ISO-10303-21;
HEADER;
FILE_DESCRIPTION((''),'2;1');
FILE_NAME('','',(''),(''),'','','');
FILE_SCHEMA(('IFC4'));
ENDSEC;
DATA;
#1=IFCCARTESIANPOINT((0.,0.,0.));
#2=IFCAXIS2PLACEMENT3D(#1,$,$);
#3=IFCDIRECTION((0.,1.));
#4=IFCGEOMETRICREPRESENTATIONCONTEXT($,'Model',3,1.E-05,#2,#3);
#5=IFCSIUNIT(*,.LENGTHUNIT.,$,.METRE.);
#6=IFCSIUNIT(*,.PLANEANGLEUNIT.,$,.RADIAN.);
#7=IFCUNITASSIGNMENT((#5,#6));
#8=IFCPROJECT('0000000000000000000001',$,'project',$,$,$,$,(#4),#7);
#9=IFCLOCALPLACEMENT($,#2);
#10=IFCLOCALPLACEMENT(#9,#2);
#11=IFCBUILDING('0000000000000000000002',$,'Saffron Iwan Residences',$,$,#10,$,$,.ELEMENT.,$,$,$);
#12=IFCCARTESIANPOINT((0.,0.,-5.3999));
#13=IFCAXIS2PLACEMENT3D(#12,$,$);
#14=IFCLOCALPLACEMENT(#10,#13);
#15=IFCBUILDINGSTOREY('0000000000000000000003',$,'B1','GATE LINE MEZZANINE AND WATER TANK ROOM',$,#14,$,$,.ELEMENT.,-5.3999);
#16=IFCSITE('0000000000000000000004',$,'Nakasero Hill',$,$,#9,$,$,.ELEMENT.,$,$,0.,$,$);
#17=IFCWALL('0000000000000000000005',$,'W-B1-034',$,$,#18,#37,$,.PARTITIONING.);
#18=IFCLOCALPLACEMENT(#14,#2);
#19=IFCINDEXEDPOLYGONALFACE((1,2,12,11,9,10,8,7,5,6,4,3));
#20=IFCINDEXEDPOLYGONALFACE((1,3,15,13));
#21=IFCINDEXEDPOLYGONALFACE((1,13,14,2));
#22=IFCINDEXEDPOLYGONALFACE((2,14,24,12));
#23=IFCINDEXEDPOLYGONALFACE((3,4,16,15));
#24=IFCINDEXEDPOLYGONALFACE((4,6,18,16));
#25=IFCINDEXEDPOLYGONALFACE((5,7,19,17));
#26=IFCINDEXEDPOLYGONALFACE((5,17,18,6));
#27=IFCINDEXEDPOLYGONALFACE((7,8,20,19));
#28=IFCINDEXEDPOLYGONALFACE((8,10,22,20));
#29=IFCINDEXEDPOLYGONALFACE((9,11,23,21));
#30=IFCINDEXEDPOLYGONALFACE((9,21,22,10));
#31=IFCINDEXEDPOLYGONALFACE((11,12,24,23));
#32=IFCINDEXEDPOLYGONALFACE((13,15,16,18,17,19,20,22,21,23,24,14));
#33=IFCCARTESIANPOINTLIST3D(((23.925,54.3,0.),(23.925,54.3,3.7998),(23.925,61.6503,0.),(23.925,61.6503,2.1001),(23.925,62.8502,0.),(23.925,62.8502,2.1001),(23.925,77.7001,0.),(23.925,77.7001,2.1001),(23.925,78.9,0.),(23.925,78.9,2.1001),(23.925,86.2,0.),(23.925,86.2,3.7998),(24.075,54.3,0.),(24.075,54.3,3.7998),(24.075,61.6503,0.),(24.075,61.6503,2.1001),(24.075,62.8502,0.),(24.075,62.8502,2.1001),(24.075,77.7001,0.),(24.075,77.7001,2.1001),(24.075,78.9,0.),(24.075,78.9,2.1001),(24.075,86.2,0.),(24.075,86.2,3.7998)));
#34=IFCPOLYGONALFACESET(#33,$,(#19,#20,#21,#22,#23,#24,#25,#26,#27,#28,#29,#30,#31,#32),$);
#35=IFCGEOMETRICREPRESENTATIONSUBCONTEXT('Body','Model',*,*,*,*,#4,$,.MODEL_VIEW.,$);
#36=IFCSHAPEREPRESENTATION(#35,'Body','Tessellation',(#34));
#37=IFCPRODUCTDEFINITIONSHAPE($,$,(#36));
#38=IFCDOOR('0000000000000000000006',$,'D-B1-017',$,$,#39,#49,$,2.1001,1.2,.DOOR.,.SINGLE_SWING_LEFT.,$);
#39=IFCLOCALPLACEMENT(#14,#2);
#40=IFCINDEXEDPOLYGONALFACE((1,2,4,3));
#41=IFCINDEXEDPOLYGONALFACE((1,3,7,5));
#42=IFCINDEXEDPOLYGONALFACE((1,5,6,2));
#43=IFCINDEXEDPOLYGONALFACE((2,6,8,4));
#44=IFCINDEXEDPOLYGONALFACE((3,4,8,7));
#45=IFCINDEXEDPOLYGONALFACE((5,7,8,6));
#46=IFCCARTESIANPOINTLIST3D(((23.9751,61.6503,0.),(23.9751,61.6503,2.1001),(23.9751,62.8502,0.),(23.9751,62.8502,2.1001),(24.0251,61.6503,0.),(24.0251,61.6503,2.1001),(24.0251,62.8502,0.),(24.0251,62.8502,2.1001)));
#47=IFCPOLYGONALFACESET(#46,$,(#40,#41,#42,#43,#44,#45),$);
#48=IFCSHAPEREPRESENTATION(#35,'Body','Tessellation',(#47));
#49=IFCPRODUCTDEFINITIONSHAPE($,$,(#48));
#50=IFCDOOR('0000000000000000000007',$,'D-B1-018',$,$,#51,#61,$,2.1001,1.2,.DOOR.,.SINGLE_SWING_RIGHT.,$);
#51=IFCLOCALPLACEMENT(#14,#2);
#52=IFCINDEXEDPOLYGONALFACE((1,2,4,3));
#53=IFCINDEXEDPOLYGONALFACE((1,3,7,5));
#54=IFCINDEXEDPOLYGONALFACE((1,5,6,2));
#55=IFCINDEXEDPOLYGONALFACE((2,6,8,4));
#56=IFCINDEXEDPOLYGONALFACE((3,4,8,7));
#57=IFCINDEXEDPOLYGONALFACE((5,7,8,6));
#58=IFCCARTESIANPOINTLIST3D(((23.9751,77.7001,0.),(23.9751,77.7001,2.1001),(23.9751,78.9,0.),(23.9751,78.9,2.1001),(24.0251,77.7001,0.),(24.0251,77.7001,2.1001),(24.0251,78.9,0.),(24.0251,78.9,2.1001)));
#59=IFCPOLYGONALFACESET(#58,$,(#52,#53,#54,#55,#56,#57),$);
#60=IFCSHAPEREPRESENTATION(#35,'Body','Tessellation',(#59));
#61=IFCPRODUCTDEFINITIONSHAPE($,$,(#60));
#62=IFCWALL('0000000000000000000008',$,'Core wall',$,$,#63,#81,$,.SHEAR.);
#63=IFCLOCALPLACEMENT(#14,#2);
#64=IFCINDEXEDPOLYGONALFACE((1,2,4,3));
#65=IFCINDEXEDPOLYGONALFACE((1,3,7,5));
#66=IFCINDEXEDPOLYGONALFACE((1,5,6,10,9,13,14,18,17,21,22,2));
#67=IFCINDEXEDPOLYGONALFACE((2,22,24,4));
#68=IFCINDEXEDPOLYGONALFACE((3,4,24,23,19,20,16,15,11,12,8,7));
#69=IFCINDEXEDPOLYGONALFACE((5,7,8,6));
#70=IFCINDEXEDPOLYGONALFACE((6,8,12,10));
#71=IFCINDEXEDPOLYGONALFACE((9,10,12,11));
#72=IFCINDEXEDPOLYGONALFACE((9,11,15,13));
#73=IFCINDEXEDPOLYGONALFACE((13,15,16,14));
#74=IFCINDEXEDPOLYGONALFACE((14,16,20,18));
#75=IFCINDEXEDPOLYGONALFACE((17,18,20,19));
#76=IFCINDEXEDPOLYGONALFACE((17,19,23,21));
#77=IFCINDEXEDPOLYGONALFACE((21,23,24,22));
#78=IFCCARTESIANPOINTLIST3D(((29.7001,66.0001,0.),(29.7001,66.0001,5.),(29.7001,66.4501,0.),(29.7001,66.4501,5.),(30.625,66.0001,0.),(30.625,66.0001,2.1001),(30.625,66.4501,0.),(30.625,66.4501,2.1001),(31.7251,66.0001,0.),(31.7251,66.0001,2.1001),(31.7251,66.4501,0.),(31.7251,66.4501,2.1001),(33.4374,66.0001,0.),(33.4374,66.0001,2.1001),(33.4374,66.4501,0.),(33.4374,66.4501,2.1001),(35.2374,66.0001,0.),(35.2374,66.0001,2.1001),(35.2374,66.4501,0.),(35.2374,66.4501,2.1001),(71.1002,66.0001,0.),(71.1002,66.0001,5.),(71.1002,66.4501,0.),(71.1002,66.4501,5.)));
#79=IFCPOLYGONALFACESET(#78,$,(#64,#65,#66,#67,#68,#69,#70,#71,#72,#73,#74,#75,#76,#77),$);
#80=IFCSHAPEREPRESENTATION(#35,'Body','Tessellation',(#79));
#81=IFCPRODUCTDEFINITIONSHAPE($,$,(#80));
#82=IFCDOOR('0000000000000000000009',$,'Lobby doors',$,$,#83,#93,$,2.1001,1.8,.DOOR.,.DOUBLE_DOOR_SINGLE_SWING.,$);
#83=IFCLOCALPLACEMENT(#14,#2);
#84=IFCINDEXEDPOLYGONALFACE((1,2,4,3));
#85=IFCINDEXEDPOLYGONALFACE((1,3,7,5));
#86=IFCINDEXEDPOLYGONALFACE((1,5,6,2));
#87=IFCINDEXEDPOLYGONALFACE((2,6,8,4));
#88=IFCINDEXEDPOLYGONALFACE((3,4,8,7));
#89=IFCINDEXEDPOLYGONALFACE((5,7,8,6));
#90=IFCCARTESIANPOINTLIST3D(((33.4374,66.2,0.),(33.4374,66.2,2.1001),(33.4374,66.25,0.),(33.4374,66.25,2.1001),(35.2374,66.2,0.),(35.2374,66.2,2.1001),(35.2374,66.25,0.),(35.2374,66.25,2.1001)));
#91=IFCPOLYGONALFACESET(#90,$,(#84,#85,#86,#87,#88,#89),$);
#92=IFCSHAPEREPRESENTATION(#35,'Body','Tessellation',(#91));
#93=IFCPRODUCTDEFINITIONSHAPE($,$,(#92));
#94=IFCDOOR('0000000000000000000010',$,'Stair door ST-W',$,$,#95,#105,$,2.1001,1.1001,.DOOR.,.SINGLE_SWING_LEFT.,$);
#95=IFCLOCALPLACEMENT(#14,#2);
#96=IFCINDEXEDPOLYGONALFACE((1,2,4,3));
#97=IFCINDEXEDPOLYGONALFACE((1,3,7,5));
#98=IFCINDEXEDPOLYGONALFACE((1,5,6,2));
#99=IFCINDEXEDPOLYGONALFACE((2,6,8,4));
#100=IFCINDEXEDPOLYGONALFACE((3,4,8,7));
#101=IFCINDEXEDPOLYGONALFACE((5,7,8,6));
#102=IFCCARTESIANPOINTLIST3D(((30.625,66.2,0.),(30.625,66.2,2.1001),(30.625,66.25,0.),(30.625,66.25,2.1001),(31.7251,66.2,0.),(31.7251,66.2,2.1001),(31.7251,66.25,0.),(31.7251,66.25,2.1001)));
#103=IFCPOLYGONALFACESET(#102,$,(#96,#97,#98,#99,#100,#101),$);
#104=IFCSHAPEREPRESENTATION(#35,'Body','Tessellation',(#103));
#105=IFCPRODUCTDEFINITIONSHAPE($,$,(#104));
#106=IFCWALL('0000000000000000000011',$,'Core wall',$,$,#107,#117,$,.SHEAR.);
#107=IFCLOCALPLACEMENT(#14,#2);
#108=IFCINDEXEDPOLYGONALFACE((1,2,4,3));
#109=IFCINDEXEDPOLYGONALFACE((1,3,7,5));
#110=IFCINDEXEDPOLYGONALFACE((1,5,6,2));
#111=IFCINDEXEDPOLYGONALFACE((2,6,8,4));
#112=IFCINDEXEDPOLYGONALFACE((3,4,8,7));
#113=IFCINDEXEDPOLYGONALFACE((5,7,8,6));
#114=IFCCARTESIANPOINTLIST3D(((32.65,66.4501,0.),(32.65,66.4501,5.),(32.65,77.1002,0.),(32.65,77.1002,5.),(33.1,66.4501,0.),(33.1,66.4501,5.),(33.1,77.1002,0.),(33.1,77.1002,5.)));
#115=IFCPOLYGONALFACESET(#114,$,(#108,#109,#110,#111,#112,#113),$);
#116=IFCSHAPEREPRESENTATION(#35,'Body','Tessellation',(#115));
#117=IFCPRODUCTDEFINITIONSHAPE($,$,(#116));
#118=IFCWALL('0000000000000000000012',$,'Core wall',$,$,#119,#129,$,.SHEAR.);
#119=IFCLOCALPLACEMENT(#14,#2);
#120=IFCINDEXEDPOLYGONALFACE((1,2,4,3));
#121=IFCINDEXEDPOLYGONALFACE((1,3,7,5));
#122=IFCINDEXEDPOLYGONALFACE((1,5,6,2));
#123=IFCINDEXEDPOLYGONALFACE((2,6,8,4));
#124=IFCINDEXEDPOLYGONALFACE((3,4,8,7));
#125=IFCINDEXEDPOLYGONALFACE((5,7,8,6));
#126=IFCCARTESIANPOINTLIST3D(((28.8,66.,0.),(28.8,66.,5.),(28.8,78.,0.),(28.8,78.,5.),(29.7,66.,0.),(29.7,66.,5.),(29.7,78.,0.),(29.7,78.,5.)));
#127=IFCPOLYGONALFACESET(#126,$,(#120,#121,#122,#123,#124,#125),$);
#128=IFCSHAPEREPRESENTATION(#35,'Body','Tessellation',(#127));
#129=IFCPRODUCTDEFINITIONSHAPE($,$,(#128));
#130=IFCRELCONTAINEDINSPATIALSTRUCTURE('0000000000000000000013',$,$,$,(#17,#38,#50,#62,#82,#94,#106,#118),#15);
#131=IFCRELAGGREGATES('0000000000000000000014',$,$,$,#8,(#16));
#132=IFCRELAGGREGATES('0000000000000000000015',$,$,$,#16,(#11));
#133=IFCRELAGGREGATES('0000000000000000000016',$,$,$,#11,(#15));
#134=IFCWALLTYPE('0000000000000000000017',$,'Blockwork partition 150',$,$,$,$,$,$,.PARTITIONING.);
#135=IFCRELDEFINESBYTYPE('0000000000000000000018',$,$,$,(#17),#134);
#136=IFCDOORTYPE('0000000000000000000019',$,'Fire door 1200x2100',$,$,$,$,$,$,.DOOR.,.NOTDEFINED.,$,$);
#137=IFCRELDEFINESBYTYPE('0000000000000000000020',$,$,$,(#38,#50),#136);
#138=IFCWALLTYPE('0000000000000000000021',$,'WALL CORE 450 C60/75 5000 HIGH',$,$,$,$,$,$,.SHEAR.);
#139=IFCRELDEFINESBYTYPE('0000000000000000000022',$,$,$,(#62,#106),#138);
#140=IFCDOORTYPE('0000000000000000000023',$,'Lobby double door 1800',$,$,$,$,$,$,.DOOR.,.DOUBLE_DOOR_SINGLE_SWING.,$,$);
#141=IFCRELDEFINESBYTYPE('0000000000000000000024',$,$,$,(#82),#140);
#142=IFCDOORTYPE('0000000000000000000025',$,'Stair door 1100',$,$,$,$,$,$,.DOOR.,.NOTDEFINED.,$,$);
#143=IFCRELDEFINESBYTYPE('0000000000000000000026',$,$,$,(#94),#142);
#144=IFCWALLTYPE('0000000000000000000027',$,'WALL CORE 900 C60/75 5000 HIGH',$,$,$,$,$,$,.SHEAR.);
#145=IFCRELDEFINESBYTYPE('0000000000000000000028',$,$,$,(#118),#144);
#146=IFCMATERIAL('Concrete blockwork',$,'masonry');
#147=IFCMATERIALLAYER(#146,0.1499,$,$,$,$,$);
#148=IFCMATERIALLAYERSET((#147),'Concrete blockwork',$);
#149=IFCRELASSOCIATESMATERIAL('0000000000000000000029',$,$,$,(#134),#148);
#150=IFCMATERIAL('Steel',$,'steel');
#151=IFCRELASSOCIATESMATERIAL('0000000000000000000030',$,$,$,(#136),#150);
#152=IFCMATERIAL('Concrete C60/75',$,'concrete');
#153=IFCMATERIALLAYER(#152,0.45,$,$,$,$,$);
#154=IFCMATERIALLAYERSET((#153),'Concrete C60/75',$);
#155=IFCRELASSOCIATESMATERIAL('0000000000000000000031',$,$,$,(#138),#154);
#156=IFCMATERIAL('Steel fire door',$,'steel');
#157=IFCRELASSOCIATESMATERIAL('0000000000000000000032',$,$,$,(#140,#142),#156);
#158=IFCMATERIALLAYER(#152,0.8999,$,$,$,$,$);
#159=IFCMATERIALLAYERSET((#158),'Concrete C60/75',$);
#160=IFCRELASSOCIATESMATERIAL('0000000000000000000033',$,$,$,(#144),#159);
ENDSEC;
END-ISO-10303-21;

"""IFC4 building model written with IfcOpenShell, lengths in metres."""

from ifc_helpers import new_model, si_unit, direction, frame, frame_2d, origin, place, context, subcontext, project, spatial, rectangle, extrude, material, layer, layer_set, type_object, element, fill, save


model = new_model("IFC4")

# Units and contexts
model_context = context("Model", 3, precision=1e-05, world=origin(), true_north=direction((0.0, 1.0)))
body_context = subcontext(model_context, "Body", "Model", "MODEL_VIEW")
ifc_project = project(units=[si_unit("LENGTHUNIT", "METRE"), si_unit("PLANEANGLEUNIT", "RADIAN")], contexts=[model_context])

# Site, building, storey
site_placement = place(None, origin())
site = spatial("IfcSite", under=ifc_project, at=site_placement, Name="Nakasero Hill", CompositionType="ELEMENT", RefElevation=0.0)
building_placement = place(site_placement, origin())
building = spatial("IfcBuilding", under=site, at=building_placement, Name="Saffron Iwan Residences", CompositionType="ELEMENT")
storey_placement = place(building_placement, frame((0.0, 0.0, -5.3999)))
storey = spatial("IfcBuildingStorey", under=building, at=storey_placement, Name="B1", Description="GATE LINE MEZZANINE AND WATER TANK ROOM", CompositionType="ELEMENT", Elevation=-5.3999)

# Walls, openings, doors
ifc_material_1 = material(Name="Concrete blockwork", Category="masonry")
ifc_layer_1 = layer(ifc_material_1, 0.1499)
ifc_layer_set_1 = layer_set([ifc_layer_1], Name="Concrete blockwork")
wall_type_1 = type_object("IfcWallType", Name="Blockwork partition 150", PredefinedType="PARTITIONING", material=ifc_layer_set_1)
wall_1_placement = place(storey_placement, frame((24.0, 54.3, 0.0), z_axis=(0.0, 0.0, 1.0), x_axis=(0.0, 1.0, 0.0)))
wall_1 = element("IfcWall", 1, at=wall_1_placement, inside=storey, type_object=wall_type_1, Name="W-B1-034", PredefinedType="PARTITIONING", context=body_context, shape_type="SweptSolid", body=[
    extrude(rectangle(XDim=31.8999, YDim=0.1499, at=frame_2d((15.95, 0.0))), origin(), (0.0, 0.0, 1.0), 3.7998),
])
opening_1_placement = place(wall_1_placement, frame((7.3501, 0.0, 0.0)))
opening_1 = element("IfcOpeningElement", 2, at=opening_1_placement, cuts=wall_1, PredefinedType="OPENING", context=body_context, shape_type="SweptSolid", body=[
    extrude(rectangle(XDim=1.2, YDim=2.1001, at=frame_2d((0.6001, 1.05))), frame((0.0, 0.085, 0.0), z_axis=(0.0, -1.0, 0.0), x_axis=(1.0, 0.0, 0.0)), (0.0, 0.0, 1.0), 0.1699),
])
opening_2_placement = place(wall_1_placement, frame((23.3999, 0.0, 0.0)))
opening_2 = element("IfcOpeningElement", 3, at=opening_2_placement, cuts=wall_1, PredefinedType="OPENING", context=body_context, shape_type="SweptSolid", body=[
    extrude(rectangle(XDim=1.2, YDim=2.1001, at=frame_2d((0.6001, 1.05))), frame((0.0, 0.085, 0.0), z_axis=(0.0, -1.0, 0.0), x_axis=(1.0, 0.0, 0.0)), (0.0, 0.0, 1.0), 0.1699),
])
ifc_material_2 = material(Name="Steel", Category="steel")
door_type_1 = type_object("IfcDoorType", Name="Fire door 1200x2100", OperationType="NOTDEFINED", PredefinedType="DOOR", material=ifc_material_2)
door_1_placement = place(opening_1_placement, origin())
door_1 = element("IfcDoor", 4, at=door_1_placement, inside=storey, type_object=door_type_1, Name="D-B1-017", OperationType="SINGLE_SWING_LEFT", OverallHeight=2.1001, OverallWidth=1.2, PredefinedType="DOOR", context=body_context, shape_type="SweptSolid", body=[
    extrude(rectangle(XDim=1.2, YDim=2.1001, at=frame_2d((0.6001, 1.05))), frame((0.0, 0.0249, 0.0), z_axis=(0.0, -1.0, 0.0), x_axis=(1.0, 0.0, 0.0)), (0.0, 0.0, 1.0), 0.05),
])
fill(opening_1, door_1)
door_2_placement = place(opening_2_placement, origin())
door_2 = element("IfcDoor", 5, at=door_2_placement, inside=storey, type_object=door_type_1, Name="D-B1-018", OperationType="SINGLE_SWING_RIGHT", OverallHeight=2.1001, OverallWidth=1.2, PredefinedType="DOOR", context=body_context, shape_type="SweptSolid", body=[
    extrude(rectangle(XDim=1.2, YDim=2.1001, at=frame_2d((0.6001, 1.05))), frame((0.0, 0.0249, 0.0), z_axis=(0.0, -1.0, 0.0), x_axis=(1.0, 0.0, 0.0)), (0.0, 0.0, 1.0), 0.05),
])
fill(opening_2, door_2)
ifc_material_3 = material(Name="Concrete C60/75", Category="concrete")
ifc_layer_2 = layer(ifc_material_3, 0.45)
ifc_layer_set_2 = layer_set([ifc_layer_2], Name="Concrete C60/75")
wall_type_2 = type_object("IfcWallType", Name="WALL CORE 450 C60/75 5000 HIGH", PredefinedType="SHEAR", material=ifc_layer_set_2)
wall_2_placement = place(storey_placement, frame((29.7, 66.2251, 0.0), z_axis=(0.0, 0.0, 1.0), x_axis=(1.0, 0.0, 0.0)))
wall_2 = element("IfcWall", 6, at=wall_2_placement, inside=storey, type_object=wall_type_2, Name="Core wall", PredefinedType="SHEAR", context=body_context, shape_type="SweptSolid", body=[
    extrude(rectangle(XDim=41.4001, YDim=0.45, at=frame_2d((20.7002, 0.0))), origin(), (0.0, 0.0, 1.0), 5.0),
])
opening_3_placement = place(wall_2_placement, frame((0.925, 0.0, 0.0)))
opening_3 = element("IfcOpeningElement", 7, at=opening_3_placement, cuts=wall_2, PredefinedType="OPENING", context=body_context, shape_type="SweptSolid", body=[
    extrude(rectangle(XDim=1.1001, YDim=2.1001, at=frame_2d((0.55, 1.05))), frame((0.0, 0.2349, 0.0), z_axis=(0.0, -1.0, 0.0), x_axis=(1.0, 0.0, 0.0)), (0.0, 0.0, 1.0), 0.47),
])
opening_4_placement = place(wall_2_placement, frame((3.7375, 0.0, 0.0)))
opening_4 = element("IfcOpeningElement", 8, at=opening_4_placement, cuts=wall_2, PredefinedType="OPENING", context=body_context, shape_type="SweptSolid", body=[
    extrude(rectangle(XDim=1.8, YDim=2.1001, at=frame_2d((0.8999, 1.05))), frame((0.0, 0.2349, 0.0), z_axis=(0.0, -1.0, 0.0), x_axis=(1.0, 0.0, 0.0)), (0.0, 0.0, 1.0), 0.47),
])
ifc_material_4 = material(Name="Steel fire door", Category="steel")
door_type_2 = type_object("IfcDoorType", Name="Lobby double door 1800", OperationType="DOUBLE_DOOR_SINGLE_SWING", PredefinedType="DOOR", material=ifc_material_4)
door_3_placement = place(opening_4_placement, origin())
door_3 = element("IfcDoor", 9, at=door_3_placement, inside=storey, type_object=door_type_2, Name="Lobby doors", OperationType="DOUBLE_DOOR_SINGLE_SWING", OverallHeight=2.1001, OverallWidth=1.8, PredefinedType="DOOR", context=body_context, shape_type="SweptSolid", body=[
    extrude(rectangle(XDim=1.8, YDim=2.1001, at=frame_2d((0.8999, 1.05))), frame((0.0, 0.0249, 0.0), z_axis=(0.0, -1.0, 0.0), x_axis=(1.0, 0.0, 0.0)), (0.0, 0.0, 1.0), 0.05),
])
fill(opening_4, door_3)
door_type_3 = type_object("IfcDoorType", Name="Stair door 1100", OperationType="NOTDEFINED", PredefinedType="DOOR", material=ifc_material_4)
door_4_placement = place(opening_3_placement, origin())
door_4 = element("IfcDoor", 10, at=door_4_placement, inside=storey, type_object=door_type_3, Name="Stair door ST-W", OperationType="SINGLE_SWING_LEFT", OverallHeight=2.1001, OverallWidth=1.1001, PredefinedType="DOOR", context=body_context, shape_type="SweptSolid", body=[
    extrude(rectangle(XDim=1.1001, YDim=2.1001, at=frame_2d((0.55, 1.05))), frame((0.0, 0.0249, 0.0), z_axis=(0.0, -1.0, 0.0), x_axis=(1.0, 0.0, 0.0)), (0.0, 0.0, 1.0), 0.05),
])
fill(opening_3, door_4)

# Walls
wall_3_placement = place(storey_placement, frame((32.875, 66.45, 0.0), z_axis=(0.0, 0.0, 1.0), x_axis=(0.0, 1.0, 0.0)))
element("IfcWall", 11, at=wall_3_placement, inside=storey, type_object=wall_type_2, Name="Core wall", PredefinedType="SHEAR", context=body_context, shape_type="SweptSolid", body=[
    extrude(rectangle(XDim=10.6501, YDim=0.45, at=frame_2d((5.3252, 0.0))), origin(), (0.0, 0.0, 1.0), 5.0),
])
ifc_layer_3 = layer(ifc_material_3, 0.8999)
ifc_layer_set_3 = layer_set([ifc_layer_3], Name="Concrete C60/75")
wall_type_3 = type_object("IfcWallType", Name="WALL CORE 900 C60/75 5000 HIGH", PredefinedType="SHEAR", material=ifc_layer_set_3)
wall_4_placement = place(storey_placement, frame((29.25, 66.0, 0.0), z_axis=(0.0, 0.0, 1.0), x_axis=(0.0, 1.0, 0.0)))
element("IfcWall", 12, at=wall_4_placement, inside=storey, type_object=wall_type_3, Name="Core wall", PredefinedType="SHEAR", context=body_context, shape_type="SweptSolid", body=[
    extrude(rectangle(XDim=12.0, YDim=0.8999, at=frame_2d((6.0, 0.0))), origin(), (0.0, 0.0, 1.0), 5.0),
])

save(model, "model.ifc")
